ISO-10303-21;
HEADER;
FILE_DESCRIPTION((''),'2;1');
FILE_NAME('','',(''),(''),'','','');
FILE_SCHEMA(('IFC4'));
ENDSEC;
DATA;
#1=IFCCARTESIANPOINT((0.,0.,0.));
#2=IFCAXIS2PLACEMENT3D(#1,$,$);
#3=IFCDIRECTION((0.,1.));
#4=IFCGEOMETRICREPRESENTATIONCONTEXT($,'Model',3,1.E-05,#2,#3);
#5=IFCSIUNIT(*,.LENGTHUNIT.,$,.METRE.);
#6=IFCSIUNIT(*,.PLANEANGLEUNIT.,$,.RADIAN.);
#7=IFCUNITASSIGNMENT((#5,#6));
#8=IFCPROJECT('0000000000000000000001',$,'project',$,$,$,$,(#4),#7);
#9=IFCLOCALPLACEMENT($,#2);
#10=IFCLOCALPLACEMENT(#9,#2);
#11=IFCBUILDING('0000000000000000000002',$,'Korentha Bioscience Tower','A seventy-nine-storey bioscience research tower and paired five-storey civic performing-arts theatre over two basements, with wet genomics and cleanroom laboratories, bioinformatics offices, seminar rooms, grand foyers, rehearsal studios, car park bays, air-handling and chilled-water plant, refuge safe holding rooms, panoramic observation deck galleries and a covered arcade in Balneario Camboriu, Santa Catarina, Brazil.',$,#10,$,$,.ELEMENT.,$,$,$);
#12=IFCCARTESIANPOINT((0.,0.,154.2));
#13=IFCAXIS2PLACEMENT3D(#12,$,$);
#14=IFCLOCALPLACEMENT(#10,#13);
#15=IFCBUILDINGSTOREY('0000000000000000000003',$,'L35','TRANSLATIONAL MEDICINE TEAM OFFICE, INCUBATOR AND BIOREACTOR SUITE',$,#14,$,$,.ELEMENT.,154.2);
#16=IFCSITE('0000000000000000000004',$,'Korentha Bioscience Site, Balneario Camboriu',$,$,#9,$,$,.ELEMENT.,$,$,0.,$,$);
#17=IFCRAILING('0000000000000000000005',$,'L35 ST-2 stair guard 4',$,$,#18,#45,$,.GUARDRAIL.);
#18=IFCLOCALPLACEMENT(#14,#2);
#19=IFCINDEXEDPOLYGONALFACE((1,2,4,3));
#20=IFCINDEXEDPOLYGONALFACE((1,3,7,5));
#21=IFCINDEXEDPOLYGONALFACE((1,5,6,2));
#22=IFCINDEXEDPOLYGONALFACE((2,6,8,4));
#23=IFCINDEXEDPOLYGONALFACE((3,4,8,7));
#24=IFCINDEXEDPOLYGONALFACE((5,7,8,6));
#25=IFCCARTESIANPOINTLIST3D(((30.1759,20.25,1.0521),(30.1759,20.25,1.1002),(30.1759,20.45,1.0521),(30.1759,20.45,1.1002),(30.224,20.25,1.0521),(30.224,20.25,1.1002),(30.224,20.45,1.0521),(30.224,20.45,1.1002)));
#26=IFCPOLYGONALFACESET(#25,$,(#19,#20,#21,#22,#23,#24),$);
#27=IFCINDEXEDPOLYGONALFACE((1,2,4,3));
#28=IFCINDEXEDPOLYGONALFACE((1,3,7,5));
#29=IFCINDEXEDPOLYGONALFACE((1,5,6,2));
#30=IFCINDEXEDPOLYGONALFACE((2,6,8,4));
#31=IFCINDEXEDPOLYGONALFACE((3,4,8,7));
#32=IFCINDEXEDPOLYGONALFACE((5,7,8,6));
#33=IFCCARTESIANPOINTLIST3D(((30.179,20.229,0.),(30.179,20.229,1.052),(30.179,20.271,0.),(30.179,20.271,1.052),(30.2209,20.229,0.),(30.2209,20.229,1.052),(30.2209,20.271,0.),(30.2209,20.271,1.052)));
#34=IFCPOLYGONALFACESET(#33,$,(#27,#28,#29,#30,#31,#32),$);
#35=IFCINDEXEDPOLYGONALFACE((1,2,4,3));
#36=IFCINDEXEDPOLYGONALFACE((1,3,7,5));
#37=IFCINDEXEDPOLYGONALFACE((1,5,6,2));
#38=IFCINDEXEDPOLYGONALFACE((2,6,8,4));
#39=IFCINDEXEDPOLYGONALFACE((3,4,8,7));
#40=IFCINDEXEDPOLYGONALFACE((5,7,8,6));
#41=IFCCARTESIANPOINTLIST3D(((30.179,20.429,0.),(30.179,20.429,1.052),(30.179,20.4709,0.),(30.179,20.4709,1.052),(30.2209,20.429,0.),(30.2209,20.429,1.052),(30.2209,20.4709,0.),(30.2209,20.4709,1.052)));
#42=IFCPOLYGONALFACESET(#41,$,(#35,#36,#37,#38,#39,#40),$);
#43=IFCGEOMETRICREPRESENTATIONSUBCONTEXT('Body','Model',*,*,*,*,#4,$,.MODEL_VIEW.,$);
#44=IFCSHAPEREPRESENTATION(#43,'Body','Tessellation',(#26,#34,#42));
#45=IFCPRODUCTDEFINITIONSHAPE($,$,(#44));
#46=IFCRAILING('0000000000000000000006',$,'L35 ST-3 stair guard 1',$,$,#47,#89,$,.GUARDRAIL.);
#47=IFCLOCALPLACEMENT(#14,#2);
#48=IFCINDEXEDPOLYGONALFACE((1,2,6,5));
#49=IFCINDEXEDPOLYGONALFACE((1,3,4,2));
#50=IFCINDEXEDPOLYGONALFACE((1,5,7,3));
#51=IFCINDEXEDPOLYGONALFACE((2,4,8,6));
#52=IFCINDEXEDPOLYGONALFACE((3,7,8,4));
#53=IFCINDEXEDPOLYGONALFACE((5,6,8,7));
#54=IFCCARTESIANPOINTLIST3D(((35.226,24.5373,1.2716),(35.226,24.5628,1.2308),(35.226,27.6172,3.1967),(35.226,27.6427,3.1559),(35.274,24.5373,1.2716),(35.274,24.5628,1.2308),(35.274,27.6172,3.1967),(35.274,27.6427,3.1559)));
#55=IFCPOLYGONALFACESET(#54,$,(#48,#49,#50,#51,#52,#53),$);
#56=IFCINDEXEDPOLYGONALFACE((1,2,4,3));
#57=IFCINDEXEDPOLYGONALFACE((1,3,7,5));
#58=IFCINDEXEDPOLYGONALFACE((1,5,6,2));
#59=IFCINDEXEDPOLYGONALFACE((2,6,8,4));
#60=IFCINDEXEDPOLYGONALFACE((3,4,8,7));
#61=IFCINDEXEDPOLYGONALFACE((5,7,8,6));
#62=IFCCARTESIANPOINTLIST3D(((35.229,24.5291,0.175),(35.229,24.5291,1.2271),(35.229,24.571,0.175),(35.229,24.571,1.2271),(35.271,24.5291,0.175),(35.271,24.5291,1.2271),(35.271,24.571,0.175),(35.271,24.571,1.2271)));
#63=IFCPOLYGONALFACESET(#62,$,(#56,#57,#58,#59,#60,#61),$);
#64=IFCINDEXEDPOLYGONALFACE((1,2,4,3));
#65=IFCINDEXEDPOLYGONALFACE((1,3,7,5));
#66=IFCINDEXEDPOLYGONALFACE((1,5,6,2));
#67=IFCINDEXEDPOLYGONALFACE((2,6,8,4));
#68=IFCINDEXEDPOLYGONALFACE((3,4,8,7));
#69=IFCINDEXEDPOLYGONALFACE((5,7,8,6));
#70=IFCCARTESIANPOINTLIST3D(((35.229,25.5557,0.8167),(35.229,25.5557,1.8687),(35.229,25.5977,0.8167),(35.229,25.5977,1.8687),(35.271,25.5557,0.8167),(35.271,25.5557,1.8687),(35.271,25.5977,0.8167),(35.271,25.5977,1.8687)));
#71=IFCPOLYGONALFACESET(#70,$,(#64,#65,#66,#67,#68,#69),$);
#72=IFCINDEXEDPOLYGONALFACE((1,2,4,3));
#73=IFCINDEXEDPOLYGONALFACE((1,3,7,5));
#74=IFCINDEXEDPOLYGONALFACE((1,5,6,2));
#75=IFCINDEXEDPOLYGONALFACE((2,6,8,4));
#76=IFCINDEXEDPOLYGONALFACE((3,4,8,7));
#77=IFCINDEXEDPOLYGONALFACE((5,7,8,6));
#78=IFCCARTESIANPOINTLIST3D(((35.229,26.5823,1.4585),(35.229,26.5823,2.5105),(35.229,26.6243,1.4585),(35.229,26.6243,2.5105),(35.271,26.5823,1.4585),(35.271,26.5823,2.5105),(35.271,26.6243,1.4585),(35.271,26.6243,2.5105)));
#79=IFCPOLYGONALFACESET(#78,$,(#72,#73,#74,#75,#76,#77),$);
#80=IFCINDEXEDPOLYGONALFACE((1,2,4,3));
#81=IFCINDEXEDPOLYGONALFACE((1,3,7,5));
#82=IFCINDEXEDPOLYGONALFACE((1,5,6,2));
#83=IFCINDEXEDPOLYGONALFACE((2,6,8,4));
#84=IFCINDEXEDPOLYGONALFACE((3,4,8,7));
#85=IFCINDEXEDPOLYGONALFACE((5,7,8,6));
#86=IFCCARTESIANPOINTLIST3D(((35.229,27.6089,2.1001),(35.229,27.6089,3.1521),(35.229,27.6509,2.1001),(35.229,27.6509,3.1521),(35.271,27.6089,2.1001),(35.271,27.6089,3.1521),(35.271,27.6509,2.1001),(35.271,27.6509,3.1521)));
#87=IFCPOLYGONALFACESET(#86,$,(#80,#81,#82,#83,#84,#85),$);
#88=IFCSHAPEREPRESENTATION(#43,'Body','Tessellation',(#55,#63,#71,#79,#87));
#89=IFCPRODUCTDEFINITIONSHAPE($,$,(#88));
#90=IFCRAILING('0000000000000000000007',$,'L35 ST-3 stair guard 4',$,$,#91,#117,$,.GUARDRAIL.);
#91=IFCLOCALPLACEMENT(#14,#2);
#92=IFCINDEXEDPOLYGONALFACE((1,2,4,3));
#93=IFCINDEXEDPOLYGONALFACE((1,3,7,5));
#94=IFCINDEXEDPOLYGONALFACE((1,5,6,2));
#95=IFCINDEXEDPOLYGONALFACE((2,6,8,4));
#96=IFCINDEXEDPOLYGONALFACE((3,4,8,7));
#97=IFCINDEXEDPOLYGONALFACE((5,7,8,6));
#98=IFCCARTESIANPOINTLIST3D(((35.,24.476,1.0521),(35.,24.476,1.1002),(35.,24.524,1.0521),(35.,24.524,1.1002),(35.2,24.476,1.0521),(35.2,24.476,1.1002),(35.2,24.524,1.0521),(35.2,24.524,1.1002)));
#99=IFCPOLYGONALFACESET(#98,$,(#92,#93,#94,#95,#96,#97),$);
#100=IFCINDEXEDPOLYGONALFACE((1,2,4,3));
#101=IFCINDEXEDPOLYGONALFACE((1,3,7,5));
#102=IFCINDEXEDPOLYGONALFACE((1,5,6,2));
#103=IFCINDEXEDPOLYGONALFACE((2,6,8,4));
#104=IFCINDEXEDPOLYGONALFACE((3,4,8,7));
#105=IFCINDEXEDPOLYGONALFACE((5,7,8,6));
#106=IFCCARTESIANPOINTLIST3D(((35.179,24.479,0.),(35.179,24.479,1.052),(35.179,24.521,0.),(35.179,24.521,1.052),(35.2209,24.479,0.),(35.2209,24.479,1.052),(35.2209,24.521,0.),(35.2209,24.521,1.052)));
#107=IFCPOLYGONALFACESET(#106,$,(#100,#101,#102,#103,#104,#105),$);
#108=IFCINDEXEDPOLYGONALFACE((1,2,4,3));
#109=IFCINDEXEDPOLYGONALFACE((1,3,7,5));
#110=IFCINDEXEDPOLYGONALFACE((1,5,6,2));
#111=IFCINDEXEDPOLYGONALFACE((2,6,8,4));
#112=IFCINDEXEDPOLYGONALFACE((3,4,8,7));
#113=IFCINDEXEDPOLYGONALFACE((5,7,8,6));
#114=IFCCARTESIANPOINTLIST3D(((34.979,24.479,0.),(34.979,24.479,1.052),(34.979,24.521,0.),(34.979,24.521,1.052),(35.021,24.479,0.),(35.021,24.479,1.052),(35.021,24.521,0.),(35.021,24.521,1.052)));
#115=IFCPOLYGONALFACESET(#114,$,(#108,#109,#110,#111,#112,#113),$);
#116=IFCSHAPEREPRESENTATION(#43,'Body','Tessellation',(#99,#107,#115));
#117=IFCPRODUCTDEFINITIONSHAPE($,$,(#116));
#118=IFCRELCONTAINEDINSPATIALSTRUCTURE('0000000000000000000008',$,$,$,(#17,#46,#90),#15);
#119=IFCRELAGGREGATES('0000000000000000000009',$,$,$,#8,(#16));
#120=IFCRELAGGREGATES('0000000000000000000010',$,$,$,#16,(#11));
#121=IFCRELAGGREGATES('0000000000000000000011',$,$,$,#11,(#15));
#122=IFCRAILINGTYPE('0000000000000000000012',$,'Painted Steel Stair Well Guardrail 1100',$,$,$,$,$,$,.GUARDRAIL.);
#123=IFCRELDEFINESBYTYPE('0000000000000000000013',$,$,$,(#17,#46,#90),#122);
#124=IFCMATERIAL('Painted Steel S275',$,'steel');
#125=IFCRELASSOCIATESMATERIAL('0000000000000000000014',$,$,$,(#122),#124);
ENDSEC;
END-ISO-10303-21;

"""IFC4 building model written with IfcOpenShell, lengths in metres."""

from ifc_helpers import new_model, si_unit, direction, frame, origin, origin_2d, place, context, subcontext, project, spatial, rectangle, extrude, material, type_object, element, save


model = new_model("IFC4")

# Units and contexts
model_context = context("Model", 3, precision=1e-05, world=origin(), true_north=direction((0.0, 1.0)))
body_context = subcontext(model_context, "Body", "Model", "MODEL_VIEW")
ifc_project = project(units=[si_unit("LENGTHUNIT", "METRE"), si_unit("PLANEANGLEUNIT", "RADIAN")], contexts=[model_context])

# Site, building, storey
site_placement = place(None, origin())
site = spatial("IfcSite", under=ifc_project, at=site_placement, Name="Korentha Bioscience Site, Balneario Camboriu", CompositionType="ELEMENT", RefElevation=0.0)
building_placement = place(site_placement, origin())
building = spatial("IfcBuilding", under=site, at=building_placement, Name="Korentha Bioscience Tower", Description="A seventy-nine-storey bioscience research tower and paired five-storey civic performing-arts theatre over two basements, with wet genomics and cleanroom laboratories, bioinformatics offices, seminar rooms, grand foyers, rehearsal studios, car park bays, air-handling and chilled-water plant, refuge safe holding rooms, panoramic observation deck galleries and a covered arcade in Balneario Camboriu, Santa Catarina, Brazil.", CompositionType="ELEMENT")
storey_placement = place(building_placement, frame((0.0, 0.0, 154.2)))
storey = spatial("IfcBuildingStorey", under=building, at=storey_placement, Name="L35", Description="TRANSLATIONAL MEDICINE TEAM OFFICE, INCUBATOR AND BIOREACTOR SUITE", CompositionType="ELEMENT", Elevation=154.2)

# Railings
ifc_material_1 = material(Name="Painted Steel S275", Category="steel")
railing_type_1 = type_object("IfcRailingType", Name="Painted Steel Stair Well Guardrail 1100", PredefinedType="GUARDRAIL", material=ifc_material_1)
railing_1_placement = place(storey_placement, frame((30.2, 20.25, 0.0)))
element("IfcRailing", 1, at=railing_1_placement, inside=storey, type_object=railing_type_1, Name="L35 ST-2 stair guard 4", PredefinedType="GUARDRAIL", context=body_context, shape_type="SweptSolid", body=[
    extrude(rectangle(XDim=0.0481, YDim=0.0481, at=origin_2d()), frame((0.0, 0.0, 1.0762), z_axis=(0.0, 1.0, 0.0), x_axis=(-1.0, 0.0, 0.0)), (0.0, 0.0, 1.0), 0.2),
    extrude(rectangle(XDim=0.042, YDim=0.042, at=origin_2d()), origin(), (0.0, 0.0, 1.0), 1.052),
    extrude(rectangle(XDim=0.042, YDim=0.042, at=origin_2d()), frame((0.0, 0.2, 0.0)), (0.0, 0.0, 1.0), 1.052),
])
railing_2_placement = place(storey_placement, frame((35.25, 24.55, 0.175)))
element("IfcRailing", 2, at=railing_2_placement, inside=storey, type_object=railing_type_1, Name="L35 ST-3 stair guard 1", PredefinedType="GUARDRAIL", context=body_context, shape_type="SweptSolid", body=[
    extrude(rectangle(XDim=0.0481, YDim=0.0481, at=origin_2d()), frame((0.0, 0.0, 1.0762), z_axis=(0.0, 0.847979, 0.530029), x_axis=(-1.0, 0.0, 0.0)), (0.0, 0.0, 1.0), 3.6321),
    extrude(rectangle(XDim=0.042, YDim=0.042, at=origin_2d()), origin(), (0.0, 0.0, 1.0), 1.052),
    extrude(rectangle(XDim=0.042, YDim=0.042, at=origin_2d()), frame((0.0, 1.0266, 0.6416)), (0.0, 0.0, 1.0), 1.052),
    extrude(rectangle(XDim=0.042, YDim=0.042, at=origin_2d()), frame((0.0, 2.0532, 1.2834)), (0.0, 0.0, 1.0), 1.052),
    extrude(rectangle(XDim=0.042, YDim=0.042, at=origin_2d()), frame((0.0, 3.0798, 1.925)), (0.0, 0.0, 1.0), 1.052),
])
railing_3_placement = place(storey_placement, frame((35.2, 24.5, 0.0)))
element("IfcRailing", 3, at=railing_3_placement, inside=storey, type_object=railing_type_1, Name="L35 ST-3 stair guard 4", PredefinedType="GUARDRAIL", context=body_context, shape_type="SweptSolid", body=[
    extrude(rectangle(XDim=0.0481, YDim=0.0481, at=origin_2d()), frame((0.0, 0.0, 1.0762), z_axis=(-1.0, 0.0, 0.0), x_axis=(0.0, -1.0, 0.0)), (0.0, 0.0, 1.0), 0.2),
    extrude(rectangle(XDim=0.042, YDim=0.042, at=origin_2d()), origin(), (0.0, 0.0, 1.0), 1.052),
    extrude(rectangle(XDim=0.042, YDim=0.042, at=origin_2d()), frame((-0.2, 0.0, 0.0)), (0.0, 0.0, 1.0), 1.052),
])

save(model, "model.ifc")
